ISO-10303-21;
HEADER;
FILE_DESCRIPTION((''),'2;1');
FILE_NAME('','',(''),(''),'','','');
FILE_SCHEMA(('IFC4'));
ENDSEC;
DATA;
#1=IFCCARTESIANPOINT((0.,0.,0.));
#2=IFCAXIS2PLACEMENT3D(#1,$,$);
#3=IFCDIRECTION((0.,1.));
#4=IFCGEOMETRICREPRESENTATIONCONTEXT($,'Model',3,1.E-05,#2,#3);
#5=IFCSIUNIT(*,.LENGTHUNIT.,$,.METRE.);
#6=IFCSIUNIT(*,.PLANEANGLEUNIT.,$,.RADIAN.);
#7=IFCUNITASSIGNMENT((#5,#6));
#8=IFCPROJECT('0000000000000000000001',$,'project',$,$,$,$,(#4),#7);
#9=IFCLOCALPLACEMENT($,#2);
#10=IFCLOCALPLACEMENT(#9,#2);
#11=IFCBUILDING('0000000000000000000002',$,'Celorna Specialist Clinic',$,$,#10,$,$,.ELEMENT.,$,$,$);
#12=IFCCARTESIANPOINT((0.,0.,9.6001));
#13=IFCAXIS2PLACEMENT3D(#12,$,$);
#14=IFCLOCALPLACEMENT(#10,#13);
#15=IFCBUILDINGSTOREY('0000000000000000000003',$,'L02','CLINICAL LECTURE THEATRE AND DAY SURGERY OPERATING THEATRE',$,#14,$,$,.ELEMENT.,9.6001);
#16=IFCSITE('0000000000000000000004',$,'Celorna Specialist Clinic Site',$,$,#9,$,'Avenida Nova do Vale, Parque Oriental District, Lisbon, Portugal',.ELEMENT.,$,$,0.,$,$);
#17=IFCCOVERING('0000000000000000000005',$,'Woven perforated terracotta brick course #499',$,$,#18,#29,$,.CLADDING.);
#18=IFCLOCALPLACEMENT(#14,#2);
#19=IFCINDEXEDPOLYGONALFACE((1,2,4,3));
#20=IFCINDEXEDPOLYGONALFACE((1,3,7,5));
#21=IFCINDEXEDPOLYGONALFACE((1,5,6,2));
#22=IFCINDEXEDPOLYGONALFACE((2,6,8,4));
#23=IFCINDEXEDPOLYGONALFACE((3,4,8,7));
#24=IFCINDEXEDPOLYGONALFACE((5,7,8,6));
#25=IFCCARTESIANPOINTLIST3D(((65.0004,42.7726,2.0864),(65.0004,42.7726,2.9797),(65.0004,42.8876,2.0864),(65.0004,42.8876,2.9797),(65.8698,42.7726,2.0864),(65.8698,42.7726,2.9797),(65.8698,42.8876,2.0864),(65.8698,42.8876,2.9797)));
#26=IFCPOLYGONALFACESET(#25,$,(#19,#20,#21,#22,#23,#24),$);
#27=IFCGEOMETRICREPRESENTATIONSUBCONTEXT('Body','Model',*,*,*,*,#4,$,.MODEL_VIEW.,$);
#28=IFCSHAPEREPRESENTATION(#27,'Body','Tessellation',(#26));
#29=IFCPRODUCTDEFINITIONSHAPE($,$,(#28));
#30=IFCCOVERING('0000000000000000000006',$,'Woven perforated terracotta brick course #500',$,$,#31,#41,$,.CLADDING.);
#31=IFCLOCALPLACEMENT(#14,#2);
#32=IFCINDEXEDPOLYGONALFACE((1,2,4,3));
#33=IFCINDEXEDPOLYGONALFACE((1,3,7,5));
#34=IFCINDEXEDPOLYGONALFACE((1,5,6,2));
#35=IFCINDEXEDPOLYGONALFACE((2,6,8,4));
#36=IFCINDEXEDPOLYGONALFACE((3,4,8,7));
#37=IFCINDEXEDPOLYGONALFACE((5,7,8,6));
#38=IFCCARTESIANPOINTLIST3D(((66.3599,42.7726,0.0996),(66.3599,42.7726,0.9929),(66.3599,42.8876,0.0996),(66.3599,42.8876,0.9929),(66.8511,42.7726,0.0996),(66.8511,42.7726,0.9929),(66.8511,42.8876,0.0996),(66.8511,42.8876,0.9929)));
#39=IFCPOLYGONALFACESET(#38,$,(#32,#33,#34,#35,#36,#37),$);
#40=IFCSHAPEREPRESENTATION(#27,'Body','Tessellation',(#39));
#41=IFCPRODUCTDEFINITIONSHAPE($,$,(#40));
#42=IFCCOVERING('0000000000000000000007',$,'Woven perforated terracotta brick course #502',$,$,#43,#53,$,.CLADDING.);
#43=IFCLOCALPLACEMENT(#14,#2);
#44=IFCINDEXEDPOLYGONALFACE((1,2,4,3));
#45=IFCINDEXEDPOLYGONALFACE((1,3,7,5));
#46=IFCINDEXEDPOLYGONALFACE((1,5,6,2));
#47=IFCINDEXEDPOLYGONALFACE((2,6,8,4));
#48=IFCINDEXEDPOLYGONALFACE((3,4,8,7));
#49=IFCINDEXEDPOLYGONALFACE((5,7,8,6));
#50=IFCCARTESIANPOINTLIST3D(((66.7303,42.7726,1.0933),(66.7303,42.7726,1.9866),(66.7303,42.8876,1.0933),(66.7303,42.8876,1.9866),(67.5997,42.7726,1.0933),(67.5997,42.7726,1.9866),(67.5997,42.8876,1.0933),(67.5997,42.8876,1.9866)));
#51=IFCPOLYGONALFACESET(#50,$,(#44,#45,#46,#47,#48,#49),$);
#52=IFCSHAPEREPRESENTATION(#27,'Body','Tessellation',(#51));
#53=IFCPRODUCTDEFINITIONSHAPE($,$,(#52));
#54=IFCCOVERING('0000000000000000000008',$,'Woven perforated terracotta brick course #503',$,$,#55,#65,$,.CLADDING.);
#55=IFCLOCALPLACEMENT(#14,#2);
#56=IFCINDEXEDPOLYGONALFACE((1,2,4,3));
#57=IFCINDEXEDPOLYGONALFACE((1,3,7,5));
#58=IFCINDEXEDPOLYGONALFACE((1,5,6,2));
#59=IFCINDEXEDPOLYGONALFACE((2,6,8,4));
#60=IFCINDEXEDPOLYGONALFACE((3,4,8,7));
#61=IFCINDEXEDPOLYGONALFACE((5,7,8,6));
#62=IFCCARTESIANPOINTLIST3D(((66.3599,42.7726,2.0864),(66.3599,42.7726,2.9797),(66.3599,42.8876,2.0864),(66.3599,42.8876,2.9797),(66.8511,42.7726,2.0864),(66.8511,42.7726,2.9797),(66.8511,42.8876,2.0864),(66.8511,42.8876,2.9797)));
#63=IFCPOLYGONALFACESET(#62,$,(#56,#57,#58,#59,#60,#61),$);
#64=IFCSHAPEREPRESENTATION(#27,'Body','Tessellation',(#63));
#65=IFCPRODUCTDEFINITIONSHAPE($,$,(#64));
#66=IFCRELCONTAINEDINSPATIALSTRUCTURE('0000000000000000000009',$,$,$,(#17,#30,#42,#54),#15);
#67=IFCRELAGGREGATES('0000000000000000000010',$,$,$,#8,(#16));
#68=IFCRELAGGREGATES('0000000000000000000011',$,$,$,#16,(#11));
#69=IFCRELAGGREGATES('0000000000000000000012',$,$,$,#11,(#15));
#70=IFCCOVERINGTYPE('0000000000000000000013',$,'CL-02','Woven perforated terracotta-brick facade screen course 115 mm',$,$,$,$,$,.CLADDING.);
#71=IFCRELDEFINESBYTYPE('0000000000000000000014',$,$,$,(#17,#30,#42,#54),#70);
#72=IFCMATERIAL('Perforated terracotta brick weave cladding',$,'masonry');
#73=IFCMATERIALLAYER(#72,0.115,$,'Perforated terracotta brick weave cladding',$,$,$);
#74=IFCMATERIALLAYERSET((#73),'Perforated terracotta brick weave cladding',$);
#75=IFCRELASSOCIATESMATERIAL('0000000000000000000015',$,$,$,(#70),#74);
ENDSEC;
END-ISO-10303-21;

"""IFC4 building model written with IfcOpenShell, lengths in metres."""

from ifc_helpers import new_model, si_unit, direction, frame, origin, origin_2d, place, context, subcontext, project, spatial, rectangle, extrude, material, layer, layer_set, type_object, element, save


model = new_model("IFC4")

# Units and contexts
model_context = context("Model", 3, precision=1e-05, world=origin(), true_north=direction((0.0, 1.0)))
body_context = subcontext(model_context, "Body", "Model", "MODEL_VIEW")
ifc_project = project(units=[si_unit("LENGTHUNIT", "METRE"), si_unit("PLANEANGLEUNIT", "RADIAN")], contexts=[model_context])

# Site, building, storey
site_placement = place(None, origin())
site = spatial("IfcSite", under=ifc_project, at=site_placement, Name="Celorna Specialist Clinic Site", LongName="Avenida Nova do Vale, Parque Oriental District, Lisbon, Portugal", CompositionType="ELEMENT", RefElevation=0.0)
building_placement = place(site_placement, origin())
building = spatial("IfcBuilding", under=site, at=building_placement, Name="Celorna Specialist Clinic", CompositionType="ELEMENT")
storey_placement = place(building_placement, frame((0.0, 0.0, 9.6001)))
storey = spatial("IfcBuildingStorey", under=building, at=storey_placement, Name="L02", Description="CLINICAL LECTURE THEATRE AND DAY SURGERY OPERATING THEATRE", CompositionType="ELEMENT", Elevation=9.6001)

# Coverings
ifc_material_1 = material(Name="Perforated terracotta brick weave cladding", Category="masonry")
ifc_layer_1 = layer(ifc_material_1, 0.115, Name="Perforated terracotta brick weave cladding")
ifc_layer_set_1 = layer_set([ifc_layer_1], Name="Perforated terracotta brick weave cladding")
covering_type = type_object("IfcCoveringType", Name="CL-02", Description="Woven perforated terracotta-brick facade screen course 115 mm", PredefinedType="CLADDING", material=ifc_layer_set_1)
covering_1_placement = place(storey_placement, frame((65.4351, 42.8301, 2.0864), z_axis=(0.0, 0.0, 1.0), x_axis=(1.0, 0.0, 0.0)))
element("IfcCovering", 1, at=covering_1_placement, inside=storey, type_object=covering_type, Name="Woven perforated terracotta brick course #499", PredefinedType="CLADDING", context=body_context, shape_type="SweptSolid", body=[
    extrude(rectangle(XDim=0.8694, YDim=0.115, at=origin_2d()), origin(), (0.0, 0.0, 1.0), 0.8933),
])
covering_2_placement = place(storey_placement, frame((66.6055, 42.8301, 0.0996), z_axis=(0.0, 0.0, 1.0), x_axis=(1.0, 0.0, 0.0)))
element("IfcCovering", 2, at=covering_2_placement, inside=storey, type_object=covering_type, Name="Woven perforated terracotta brick course #500", PredefinedType="CLADDING", context=body_context, shape_type="SweptSolid", body=[
    extrude(rectangle(XDim=0.4912, YDim=0.115, at=origin_2d()), origin(), (0.0, 0.0, 1.0), 0.8933),
])
covering_3_placement = place(storey_placement, frame((67.165, 42.8301, 1.0933), z_axis=(0.0, 0.0, 1.0), x_axis=(1.0, 0.0, 0.0)))
element("IfcCovering", 3, at=covering_3_placement, inside=storey, type_object=covering_type, Name="Woven perforated terracotta brick course #502", PredefinedType="CLADDING", context=body_context, shape_type="SweptSolid", body=[
    extrude(rectangle(XDim=0.8694, YDim=0.115, at=origin_2d()), origin(), (0.0, 0.0, 1.0), 0.8933),
])
covering_4_placement = place(storey_placement, frame((66.6055, 42.8301, 2.0864), z_axis=(0.0, 0.0, 1.0), x_axis=(1.0, 0.0, 0.0)))
element("IfcCovering", 4, at=covering_4_placement, inside=storey, type_object=covering_type, Name="Woven perforated terracotta brick course #503", PredefinedType="CLADDING", context=body_context, shape_type="SweptSolid", body=[
    extrude(rectangle(XDim=0.4912, YDim=0.115, at=origin_2d()), origin(), (0.0, 0.0, 1.0), 0.8933),
])

save(model, "model.ifc")
